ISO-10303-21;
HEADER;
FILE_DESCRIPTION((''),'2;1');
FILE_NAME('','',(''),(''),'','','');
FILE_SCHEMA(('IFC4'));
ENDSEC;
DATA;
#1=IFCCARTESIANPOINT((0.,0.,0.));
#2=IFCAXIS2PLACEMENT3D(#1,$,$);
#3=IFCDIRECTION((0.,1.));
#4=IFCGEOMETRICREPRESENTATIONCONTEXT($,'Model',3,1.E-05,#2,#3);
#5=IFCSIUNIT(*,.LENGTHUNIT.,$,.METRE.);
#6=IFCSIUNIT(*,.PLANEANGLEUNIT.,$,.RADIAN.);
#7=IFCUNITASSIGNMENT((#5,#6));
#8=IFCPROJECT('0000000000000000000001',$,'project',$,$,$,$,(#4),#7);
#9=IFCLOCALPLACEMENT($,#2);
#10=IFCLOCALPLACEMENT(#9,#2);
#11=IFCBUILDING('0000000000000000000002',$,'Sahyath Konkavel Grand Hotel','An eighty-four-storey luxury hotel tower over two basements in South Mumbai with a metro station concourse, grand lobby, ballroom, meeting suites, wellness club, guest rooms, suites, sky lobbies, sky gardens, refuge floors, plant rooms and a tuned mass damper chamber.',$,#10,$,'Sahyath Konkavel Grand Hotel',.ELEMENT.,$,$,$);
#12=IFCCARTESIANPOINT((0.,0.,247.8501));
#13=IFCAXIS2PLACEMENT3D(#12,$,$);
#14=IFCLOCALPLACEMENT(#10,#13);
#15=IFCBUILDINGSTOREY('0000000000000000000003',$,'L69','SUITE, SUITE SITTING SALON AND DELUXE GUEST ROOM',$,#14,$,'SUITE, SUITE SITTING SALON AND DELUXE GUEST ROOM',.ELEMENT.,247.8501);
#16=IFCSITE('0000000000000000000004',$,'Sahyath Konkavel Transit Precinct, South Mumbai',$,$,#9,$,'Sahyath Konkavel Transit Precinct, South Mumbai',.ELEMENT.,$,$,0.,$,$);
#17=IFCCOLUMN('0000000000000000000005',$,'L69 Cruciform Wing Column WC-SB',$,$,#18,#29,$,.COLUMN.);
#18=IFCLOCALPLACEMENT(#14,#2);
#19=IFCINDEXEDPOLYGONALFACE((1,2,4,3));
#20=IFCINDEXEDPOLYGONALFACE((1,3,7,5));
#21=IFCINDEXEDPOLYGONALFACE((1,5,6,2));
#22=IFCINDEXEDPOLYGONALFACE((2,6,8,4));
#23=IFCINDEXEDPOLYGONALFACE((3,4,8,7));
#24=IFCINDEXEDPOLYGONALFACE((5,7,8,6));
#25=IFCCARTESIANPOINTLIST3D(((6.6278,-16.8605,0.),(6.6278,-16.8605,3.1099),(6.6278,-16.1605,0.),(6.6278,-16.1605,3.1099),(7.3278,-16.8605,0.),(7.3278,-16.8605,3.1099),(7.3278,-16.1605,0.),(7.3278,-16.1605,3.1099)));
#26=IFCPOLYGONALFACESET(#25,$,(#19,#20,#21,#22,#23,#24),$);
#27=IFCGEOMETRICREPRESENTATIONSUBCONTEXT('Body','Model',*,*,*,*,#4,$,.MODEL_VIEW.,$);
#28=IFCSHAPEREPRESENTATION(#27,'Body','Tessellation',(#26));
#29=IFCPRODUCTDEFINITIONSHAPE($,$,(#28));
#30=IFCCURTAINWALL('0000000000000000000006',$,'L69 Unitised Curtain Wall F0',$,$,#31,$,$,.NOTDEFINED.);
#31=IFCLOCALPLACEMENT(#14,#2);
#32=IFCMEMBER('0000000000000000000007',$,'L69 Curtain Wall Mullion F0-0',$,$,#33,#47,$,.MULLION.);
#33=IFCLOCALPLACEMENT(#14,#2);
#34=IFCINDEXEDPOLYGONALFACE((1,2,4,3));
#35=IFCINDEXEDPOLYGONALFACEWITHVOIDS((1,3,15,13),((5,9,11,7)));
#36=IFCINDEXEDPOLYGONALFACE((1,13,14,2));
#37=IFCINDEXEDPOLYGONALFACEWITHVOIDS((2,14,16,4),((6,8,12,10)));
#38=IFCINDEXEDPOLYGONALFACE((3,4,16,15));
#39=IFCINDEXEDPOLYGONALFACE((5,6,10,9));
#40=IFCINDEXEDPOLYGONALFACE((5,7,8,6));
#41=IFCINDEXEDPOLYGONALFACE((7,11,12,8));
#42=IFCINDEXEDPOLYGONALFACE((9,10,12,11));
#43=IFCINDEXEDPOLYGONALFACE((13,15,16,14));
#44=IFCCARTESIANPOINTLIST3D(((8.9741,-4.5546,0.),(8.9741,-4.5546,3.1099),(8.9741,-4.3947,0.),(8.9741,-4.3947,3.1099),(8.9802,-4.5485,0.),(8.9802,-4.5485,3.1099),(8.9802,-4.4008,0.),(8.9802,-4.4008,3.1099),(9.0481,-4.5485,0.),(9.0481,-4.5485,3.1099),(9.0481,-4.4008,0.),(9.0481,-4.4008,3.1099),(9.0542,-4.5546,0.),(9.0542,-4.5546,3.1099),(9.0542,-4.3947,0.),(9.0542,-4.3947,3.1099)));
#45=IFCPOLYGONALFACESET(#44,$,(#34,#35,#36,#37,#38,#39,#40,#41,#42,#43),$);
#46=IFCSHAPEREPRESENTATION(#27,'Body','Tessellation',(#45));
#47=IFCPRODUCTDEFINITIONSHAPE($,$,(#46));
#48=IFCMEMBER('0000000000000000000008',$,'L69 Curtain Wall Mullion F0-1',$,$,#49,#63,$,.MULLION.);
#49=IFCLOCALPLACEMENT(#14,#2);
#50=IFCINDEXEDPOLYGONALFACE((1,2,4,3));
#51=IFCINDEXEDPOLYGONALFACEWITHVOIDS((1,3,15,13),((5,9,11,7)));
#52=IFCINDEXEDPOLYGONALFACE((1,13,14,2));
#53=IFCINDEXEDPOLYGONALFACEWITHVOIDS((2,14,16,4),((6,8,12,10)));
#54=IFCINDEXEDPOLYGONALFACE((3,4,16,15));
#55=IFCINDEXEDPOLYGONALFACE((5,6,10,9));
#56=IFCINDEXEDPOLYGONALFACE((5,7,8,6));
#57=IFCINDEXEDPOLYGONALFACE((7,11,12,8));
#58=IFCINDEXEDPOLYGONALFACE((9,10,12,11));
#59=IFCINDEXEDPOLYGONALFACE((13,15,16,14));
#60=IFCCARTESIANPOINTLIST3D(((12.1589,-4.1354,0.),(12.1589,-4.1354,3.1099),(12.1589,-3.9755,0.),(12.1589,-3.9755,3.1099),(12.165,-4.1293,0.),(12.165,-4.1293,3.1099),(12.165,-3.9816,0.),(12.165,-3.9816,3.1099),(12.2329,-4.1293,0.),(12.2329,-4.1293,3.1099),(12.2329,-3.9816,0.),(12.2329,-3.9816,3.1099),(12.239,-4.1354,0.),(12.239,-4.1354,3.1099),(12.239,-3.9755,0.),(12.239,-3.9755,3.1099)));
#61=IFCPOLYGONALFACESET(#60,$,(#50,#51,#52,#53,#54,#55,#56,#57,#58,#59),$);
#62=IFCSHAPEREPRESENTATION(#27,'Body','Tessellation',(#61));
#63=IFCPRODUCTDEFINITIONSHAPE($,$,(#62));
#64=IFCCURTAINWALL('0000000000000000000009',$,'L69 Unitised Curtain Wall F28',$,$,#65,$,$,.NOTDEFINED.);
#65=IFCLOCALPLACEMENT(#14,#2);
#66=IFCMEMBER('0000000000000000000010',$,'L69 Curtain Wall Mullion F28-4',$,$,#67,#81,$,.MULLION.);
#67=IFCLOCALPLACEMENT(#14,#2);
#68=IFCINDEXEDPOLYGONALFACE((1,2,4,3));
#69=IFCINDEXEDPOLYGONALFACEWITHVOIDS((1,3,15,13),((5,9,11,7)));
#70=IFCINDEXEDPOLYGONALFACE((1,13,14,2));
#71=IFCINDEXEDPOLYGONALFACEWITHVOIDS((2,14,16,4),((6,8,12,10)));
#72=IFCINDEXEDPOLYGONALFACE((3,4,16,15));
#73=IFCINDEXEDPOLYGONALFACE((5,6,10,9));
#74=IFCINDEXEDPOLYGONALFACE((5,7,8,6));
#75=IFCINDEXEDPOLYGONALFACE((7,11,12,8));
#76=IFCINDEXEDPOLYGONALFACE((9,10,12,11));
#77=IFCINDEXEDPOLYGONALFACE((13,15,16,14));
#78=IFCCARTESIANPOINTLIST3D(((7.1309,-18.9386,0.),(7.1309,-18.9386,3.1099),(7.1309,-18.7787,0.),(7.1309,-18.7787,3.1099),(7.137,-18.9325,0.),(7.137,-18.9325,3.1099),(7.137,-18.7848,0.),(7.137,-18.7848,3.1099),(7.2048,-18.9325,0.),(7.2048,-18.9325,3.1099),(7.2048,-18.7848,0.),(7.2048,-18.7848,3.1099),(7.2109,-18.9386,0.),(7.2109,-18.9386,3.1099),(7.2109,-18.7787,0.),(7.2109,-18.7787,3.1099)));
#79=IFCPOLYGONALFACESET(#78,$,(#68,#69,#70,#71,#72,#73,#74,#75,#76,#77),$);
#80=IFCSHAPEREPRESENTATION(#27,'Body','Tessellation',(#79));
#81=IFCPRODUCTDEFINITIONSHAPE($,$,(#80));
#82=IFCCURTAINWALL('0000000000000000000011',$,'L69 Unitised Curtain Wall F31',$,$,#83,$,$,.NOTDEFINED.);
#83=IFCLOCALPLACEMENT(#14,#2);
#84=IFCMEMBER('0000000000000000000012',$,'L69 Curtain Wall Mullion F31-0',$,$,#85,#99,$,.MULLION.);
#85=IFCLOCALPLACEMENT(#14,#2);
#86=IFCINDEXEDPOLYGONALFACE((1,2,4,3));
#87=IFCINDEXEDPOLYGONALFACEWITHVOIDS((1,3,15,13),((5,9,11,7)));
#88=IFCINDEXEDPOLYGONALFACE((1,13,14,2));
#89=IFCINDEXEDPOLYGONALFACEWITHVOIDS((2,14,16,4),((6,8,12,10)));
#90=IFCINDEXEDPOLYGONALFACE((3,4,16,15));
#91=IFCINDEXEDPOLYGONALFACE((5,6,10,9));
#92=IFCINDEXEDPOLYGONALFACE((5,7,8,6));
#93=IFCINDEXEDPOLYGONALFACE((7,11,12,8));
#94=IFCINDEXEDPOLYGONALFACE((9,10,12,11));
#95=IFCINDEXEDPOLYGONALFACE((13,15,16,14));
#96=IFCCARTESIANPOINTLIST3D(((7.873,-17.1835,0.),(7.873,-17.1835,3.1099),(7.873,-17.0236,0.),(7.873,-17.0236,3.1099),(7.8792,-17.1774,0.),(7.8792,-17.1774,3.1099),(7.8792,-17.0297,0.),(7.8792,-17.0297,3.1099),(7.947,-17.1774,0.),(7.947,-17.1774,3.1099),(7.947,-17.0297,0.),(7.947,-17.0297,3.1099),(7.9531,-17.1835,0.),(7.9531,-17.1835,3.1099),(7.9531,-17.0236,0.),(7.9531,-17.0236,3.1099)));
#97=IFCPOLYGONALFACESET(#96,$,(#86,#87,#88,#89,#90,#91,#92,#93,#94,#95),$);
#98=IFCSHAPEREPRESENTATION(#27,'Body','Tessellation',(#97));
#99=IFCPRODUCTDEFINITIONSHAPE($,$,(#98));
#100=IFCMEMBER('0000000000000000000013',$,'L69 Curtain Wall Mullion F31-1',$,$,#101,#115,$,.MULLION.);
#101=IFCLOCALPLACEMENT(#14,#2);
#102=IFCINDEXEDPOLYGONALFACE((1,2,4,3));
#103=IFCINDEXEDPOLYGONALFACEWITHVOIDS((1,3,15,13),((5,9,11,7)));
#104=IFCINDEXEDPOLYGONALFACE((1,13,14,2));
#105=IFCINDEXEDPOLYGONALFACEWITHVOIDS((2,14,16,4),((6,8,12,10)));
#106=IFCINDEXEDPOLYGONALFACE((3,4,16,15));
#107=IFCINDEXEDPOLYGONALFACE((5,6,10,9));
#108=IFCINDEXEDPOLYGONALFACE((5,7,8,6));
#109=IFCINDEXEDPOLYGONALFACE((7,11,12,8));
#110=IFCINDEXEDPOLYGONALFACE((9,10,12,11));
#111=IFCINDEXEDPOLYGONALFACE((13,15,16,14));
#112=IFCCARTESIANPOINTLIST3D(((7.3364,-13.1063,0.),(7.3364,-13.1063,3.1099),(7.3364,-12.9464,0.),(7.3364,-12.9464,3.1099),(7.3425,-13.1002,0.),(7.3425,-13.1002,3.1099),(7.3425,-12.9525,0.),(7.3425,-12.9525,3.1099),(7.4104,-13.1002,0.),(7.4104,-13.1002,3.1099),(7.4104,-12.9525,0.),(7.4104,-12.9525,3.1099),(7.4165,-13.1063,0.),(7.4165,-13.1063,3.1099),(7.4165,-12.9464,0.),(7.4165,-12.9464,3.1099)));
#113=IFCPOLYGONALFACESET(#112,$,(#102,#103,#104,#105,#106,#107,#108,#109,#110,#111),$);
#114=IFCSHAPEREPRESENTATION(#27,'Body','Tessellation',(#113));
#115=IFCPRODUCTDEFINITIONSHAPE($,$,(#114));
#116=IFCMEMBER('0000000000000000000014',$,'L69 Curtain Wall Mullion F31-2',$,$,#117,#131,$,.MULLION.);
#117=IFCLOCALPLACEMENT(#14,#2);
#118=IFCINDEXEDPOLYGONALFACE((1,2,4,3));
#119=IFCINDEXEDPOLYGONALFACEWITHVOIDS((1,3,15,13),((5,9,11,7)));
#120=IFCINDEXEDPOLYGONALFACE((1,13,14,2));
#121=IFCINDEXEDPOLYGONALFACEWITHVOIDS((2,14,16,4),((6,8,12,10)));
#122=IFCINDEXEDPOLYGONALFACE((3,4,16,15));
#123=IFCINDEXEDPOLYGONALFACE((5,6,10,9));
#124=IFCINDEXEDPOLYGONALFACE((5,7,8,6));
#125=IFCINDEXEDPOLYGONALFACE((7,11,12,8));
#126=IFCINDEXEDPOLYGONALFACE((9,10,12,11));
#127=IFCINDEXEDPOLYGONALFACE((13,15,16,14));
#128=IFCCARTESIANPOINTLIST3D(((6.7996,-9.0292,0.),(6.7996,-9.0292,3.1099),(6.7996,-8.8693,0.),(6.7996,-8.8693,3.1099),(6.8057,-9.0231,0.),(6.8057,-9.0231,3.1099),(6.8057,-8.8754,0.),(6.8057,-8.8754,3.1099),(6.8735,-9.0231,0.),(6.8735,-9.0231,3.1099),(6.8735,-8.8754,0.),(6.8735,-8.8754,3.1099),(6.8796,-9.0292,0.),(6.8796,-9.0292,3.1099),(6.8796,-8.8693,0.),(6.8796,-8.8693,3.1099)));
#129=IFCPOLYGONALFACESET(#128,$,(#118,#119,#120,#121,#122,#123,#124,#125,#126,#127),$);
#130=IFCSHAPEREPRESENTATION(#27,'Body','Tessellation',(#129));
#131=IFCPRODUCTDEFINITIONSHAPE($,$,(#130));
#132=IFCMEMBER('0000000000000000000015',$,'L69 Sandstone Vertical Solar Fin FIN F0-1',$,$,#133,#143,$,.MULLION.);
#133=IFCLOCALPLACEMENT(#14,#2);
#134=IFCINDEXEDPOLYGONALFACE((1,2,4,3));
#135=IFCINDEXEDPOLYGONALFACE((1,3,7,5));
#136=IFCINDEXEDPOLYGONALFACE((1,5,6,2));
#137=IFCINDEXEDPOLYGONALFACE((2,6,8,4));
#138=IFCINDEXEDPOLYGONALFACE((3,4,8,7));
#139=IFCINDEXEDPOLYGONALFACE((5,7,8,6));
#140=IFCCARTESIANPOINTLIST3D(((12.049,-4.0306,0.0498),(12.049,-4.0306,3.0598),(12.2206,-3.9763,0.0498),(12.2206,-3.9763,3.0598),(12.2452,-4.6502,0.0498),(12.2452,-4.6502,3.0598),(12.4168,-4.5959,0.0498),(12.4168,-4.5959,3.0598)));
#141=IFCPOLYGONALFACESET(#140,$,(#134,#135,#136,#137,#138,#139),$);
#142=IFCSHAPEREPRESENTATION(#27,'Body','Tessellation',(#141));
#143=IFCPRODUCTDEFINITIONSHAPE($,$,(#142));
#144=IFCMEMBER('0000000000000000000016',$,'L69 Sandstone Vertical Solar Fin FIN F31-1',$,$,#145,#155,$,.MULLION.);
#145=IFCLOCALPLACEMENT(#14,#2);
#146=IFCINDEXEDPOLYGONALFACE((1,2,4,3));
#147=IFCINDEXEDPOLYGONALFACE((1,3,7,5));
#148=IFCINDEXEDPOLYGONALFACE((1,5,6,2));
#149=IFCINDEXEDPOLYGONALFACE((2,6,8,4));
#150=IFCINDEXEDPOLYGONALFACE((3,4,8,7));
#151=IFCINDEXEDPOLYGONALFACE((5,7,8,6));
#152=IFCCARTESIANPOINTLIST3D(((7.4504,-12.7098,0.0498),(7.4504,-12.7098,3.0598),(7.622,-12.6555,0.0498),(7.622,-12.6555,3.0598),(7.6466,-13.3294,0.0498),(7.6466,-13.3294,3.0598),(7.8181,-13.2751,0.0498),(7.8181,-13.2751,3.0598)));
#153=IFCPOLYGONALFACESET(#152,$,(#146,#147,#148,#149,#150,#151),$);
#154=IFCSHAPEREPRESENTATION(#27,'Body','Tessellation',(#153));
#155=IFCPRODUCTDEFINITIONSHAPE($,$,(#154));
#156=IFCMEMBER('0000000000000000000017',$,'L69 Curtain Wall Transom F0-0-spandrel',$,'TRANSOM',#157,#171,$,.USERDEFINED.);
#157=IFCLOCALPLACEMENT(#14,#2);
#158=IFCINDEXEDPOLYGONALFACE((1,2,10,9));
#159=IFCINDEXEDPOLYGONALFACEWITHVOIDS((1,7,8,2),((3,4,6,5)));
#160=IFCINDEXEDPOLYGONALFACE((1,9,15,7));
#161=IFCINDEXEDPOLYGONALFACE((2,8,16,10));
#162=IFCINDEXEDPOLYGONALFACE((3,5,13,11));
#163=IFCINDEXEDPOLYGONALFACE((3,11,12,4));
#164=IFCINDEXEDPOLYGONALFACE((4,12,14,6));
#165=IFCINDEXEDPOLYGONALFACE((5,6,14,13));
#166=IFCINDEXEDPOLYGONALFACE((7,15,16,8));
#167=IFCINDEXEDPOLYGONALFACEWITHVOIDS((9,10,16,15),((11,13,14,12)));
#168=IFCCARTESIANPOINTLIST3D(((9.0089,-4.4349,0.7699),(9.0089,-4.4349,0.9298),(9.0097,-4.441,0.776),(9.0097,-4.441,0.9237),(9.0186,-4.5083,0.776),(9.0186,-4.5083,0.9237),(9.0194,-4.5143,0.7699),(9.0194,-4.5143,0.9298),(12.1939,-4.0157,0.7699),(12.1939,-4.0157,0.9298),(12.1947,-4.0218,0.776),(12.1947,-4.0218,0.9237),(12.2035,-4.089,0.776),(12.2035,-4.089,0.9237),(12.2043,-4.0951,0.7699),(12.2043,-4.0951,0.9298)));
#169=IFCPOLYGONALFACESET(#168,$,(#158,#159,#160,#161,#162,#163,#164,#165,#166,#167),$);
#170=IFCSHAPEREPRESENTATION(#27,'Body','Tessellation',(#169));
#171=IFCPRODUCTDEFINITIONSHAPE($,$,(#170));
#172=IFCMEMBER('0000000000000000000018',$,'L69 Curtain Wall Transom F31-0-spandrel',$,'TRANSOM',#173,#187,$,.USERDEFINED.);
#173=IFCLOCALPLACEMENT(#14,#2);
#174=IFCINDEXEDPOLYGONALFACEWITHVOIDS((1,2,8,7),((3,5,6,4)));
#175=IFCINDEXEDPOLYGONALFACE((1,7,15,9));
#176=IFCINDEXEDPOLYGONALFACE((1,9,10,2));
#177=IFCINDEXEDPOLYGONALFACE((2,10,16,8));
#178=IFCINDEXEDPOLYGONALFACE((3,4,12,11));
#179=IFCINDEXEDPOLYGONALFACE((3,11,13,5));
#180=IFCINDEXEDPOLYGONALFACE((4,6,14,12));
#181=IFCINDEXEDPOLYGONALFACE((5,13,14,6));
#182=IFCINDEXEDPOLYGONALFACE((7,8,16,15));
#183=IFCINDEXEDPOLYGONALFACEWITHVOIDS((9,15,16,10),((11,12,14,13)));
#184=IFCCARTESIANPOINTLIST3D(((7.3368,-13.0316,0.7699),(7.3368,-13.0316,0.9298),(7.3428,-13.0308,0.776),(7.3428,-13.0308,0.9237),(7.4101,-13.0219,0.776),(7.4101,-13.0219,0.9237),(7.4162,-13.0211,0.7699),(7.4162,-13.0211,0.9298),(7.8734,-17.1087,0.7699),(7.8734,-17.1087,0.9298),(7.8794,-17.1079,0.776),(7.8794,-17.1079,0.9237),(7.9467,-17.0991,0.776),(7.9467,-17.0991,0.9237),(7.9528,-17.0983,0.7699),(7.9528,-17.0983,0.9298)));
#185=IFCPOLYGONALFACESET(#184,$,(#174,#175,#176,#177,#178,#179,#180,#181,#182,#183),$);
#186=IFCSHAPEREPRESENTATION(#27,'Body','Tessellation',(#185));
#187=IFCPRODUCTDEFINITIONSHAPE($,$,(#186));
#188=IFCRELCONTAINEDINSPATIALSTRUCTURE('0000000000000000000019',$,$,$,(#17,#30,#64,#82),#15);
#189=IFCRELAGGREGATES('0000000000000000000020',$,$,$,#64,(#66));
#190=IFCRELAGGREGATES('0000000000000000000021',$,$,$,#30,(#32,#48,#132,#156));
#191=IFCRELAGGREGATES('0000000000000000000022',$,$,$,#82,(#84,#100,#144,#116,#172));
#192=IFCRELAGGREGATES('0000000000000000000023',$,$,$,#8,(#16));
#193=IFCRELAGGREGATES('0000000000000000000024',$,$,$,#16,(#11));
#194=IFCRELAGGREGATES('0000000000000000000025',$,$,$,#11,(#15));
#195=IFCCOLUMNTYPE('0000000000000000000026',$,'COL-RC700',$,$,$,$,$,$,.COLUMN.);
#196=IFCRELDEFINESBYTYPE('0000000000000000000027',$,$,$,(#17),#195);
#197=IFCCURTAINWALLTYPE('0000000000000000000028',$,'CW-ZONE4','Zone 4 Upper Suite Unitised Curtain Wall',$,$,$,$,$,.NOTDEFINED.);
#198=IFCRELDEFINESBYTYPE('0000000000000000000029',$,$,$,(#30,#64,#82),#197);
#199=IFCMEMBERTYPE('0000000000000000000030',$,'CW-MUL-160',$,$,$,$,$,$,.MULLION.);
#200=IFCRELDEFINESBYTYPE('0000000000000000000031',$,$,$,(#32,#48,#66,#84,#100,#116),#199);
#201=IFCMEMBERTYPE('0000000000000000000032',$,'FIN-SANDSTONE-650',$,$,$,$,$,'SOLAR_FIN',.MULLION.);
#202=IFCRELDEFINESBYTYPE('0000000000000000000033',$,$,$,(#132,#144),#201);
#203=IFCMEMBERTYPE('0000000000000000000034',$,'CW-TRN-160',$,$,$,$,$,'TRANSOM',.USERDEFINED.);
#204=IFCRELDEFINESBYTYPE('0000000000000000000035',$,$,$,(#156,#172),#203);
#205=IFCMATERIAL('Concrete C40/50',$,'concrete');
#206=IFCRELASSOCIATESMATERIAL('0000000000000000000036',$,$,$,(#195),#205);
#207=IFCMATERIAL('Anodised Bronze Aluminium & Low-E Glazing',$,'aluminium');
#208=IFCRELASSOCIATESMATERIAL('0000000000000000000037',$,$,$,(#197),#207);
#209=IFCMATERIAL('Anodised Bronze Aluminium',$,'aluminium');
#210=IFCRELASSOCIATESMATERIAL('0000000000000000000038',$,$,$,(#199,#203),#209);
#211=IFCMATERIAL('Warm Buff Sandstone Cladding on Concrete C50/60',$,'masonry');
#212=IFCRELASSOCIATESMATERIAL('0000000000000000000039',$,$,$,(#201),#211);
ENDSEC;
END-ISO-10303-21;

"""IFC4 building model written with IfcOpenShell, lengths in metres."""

from ifc_helpers import new_model, si_unit, direction, frame, origin, origin_2d, place, context, subcontext, project, spatial, rectangle, hollow_rectangle, extrude, source, transform, mapped, material, material_profile, profile_set, type_object, element, aggregate, save


model = new_model("IFC4")

# Units and contexts
model_context = context("Model", 3, precision=1e-05, world=origin(), true_north=direction((0.0, 1.0)))
body_context = subcontext(model_context, "Body", "Model", "MODEL_VIEW")
ifc_project = project(units=[si_unit("LENGTHUNIT", "METRE"), si_unit("PLANEANGLEUNIT", "RADIAN")], contexts=[model_context])

# Site, building, storey
site_placement = place(None, origin())
site = spatial("IfcSite", under=ifc_project, at=site_placement, Name="Sahyath Konkavel Transit Precinct, South Mumbai", LongName="Sahyath Konkavel Transit Precinct, South Mumbai", CompositionType="ELEMENT", RefElevation=0.0)
building_placement = place(site_placement, origin())
building = spatial("IfcBuilding", under=site, at=building_placement, Name="Sahyath Konkavel Grand Hotel", Description="An eighty-four-storey luxury hotel tower over two basements in South Mumbai with a metro station concourse, grand lobby, ballroom, meeting suites, wellness club, guest rooms, suites, sky lobbies, sky gardens, refuge floors, plant rooms and a tuned mass damper chamber.", LongName="Sahyath Konkavel Grand Hotel", CompositionType="ELEMENT")
storey_placement = place(building_placement, frame((0.0, 0.0, 247.8501)))
storey = spatial("IfcBuildingStorey", under=building, at=storey_placement, Name="L69", Description="SUITE, SUITE SITTING SALON AND DELUXE GUEST ROOM", LongName="SUITE, SUITE SITTING SALON AND DELUXE GUEST ROOM", CompositionType="ELEMENT", Elevation=247.8501)

# Column
ifc_material_1 = material(Name="Concrete C40/50", Category="concrete")
ifc_material_profile_1 = material_profile(ifc_material_1, rectangle(XDim=0.7, YDim=0.7, at=origin_2d()), Name="RC 700x700")
ifc_profile_set_1 = profile_set([ifc_material_profile_1], Name="Concrete C40/50")
column_type = type_object("IfcColumnType", Name="COL-RC700", PredefinedType="COLUMN", material=ifc_profile_set_1)
shared_shape_1 = source(origin(), body_context, "Body", "SweptSolid", [
    extrude(rectangle(XDim=0.7, YDim=0.7, at=origin_2d()), origin(), (0.0, 0.0, 1.0), 3.1099),
])
column_placement = place(storey_placement, frame((6.9778, -16.5105, 0.0), z_axis=(0.0, 0.0, 1.0), x_axis=(1.0, 0.0, 0.0)))
element("IfcColumn", 1, at=column_placement, inside=storey, type_object=column_type, Name="L69 Cruciform Wing Column WC-SB", PredefinedType="COLUMN", context=body_context, shape_type="MappedRepresentation", body=[
    mapped(shared_shape_1, transform((0.0, 0.0, 0.0), scale=1.0)),
])

# Curtain wall, members
ifc_material_2 = material(Name="Anodised Bronze Aluminium & Low-E Glazing", Category="aluminium")
curtain_wall_type = type_object("IfcCurtainWallType", Name="CW-ZONE4", Description="Zone 4 Upper Suite Unitised Curtain Wall", PredefinedType="NOTDEFINED", material=ifc_material_2)
curtain_wall_1_placement = place(storey_placement, origin())
curtain_wall_1 = element("IfcCurtainWall", 2, at=curtain_wall_1_placement, inside=storey, type_object=curtain_wall_type, Name="L69 Unitised Curtain Wall F0", PredefinedType="NOTDEFINED")
ifc_material_3 = material(Name="Anodised Bronze Aluminium", Category="aluminium")
ifc_material_profile_2 = material_profile(ifc_material_3, hollow_rectangle(XDim=0.0801, YDim=0.1599, WallThickness=0.0061, at=origin_2d()), Name="RHS 160x80x6")
ifc_profile_set_2 = profile_set([ifc_material_profile_2], Name="Anodised Bronze Aluminium")
member_type_1 = type_object("IfcMemberType", Name="CW-MUL-160", PredefinedType="MULLION", material=ifc_profile_set_2)
shared_shape_2 = source(origin(), body_context, "Body", "SweptSolid", [
    extrude(hollow_rectangle(XDim=0.0801, YDim=0.1599, WallThickness=0.0061, at=origin_2d()), origin(), (0.0, 0.0, 1.0), 3.1099),
])
member_1_placement = place(storey_placement, frame((9.0142, -4.4746, 0.0), z_axis=(0.0, 0.0, 1.0), x_axis=(1.0, 0.0, 0.0)))
member_1 = element("IfcMember", 3, at=member_1_placement, type_object=member_type_1, Name="L69 Curtain Wall Mullion F0-0", PredefinedType="MULLION", context=body_context, shape_type="MappedRepresentation", body=[
    mapped(shared_shape_2, transform((0.0, 0.0, 0.0), scale=1.0)),
])
member_2_placement = place(storey_placement, frame((12.199, -4.0554, 0.0), z_axis=(0.0, 0.0, 1.0), x_axis=(1.0, 0.0, 0.0)))
member_2 = element("IfcMember", 4, at=member_2_placement, type_object=member_type_1, Name="L69 Curtain Wall Mullion F0-1", PredefinedType="MULLION", context=body_context, shape_type="MappedRepresentation", body=[
    mapped(shared_shape_2, transform((0.0, 0.0, 0.0), scale=1.0)),
])

# Curtain wall, member
curtain_wall_2_placement = place(storey_placement, origin())
curtain_wall_2 = element("IfcCurtainWall", 5, at=curtain_wall_2_placement, inside=storey, type_object=curtain_wall_type, Name="L69 Unitised Curtain Wall F28", PredefinedType="NOTDEFINED")
member_3_placement = place(storey_placement, frame((7.1709, -18.8586, 0.0), z_axis=(0.0, 0.0, 1.0), x_axis=(1.0, 0.0, 0.0)))
member_3 = element("IfcMember", 6, at=member_3_placement, type_object=member_type_1, Name="L69 Curtain Wall Mullion F28-4", PredefinedType="MULLION", context=body_context, shape_type="MappedRepresentation", body=[
    mapped(shared_shape_2, transform((0.0, 0.0, 0.0), scale=1.0)),
])
aggregate(curtain_wall_2, [member_3])

# Curtain wall, members
curtain_wall_3_placement = place(storey_placement, origin())
curtain_wall_3 = element("IfcCurtainWall", 7, at=curtain_wall_3_placement, inside=storey, type_object=curtain_wall_type, Name="L69 Unitised Curtain Wall F31", PredefinedType="NOTDEFINED")
member_4_placement = place(storey_placement, frame((7.9131, -17.1035, 0.0), z_axis=(0.0, 0.0, 1.0), x_axis=(1.0, 0.0, 0.0)))
member_4 = element("IfcMember", 8, at=member_4_placement, type_object=member_type_1, Name="L69 Curtain Wall Mullion F31-0", PredefinedType="MULLION", context=body_context, shape_type="MappedRepresentation", body=[
    mapped(shared_shape_2, transform((0.0, 0.0, 0.0), scale=1.0)),
])
member_5_placement = place(storey_placement, frame((7.3765, -13.0264, 0.0), z_axis=(0.0, 0.0, 1.0), x_axis=(1.0, 0.0, 0.0)))
member_5 = element("IfcMember", 9, at=member_5_placement, type_object=member_type_1, Name="L69 Curtain Wall Mullion F31-1", PredefinedType="MULLION", context=body_context, shape_type="MappedRepresentation", body=[
    mapped(shared_shape_2, transform((0.0, 0.0, 0.0), scale=1.0)),
])
member_6_placement = place(storey_placement, frame((6.8396, -8.9492, 0.0), z_axis=(0.0, 0.0, 1.0), x_axis=(1.0, 0.0, 0.0)))
member_6 = element("IfcMember", 10, at=member_6_placement, type_object=member_type_1, Name="L69 Curtain Wall Mullion F31-2", PredefinedType="MULLION", context=body_context, shape_type="MappedRepresentation", body=[
    mapped(shared_shape_2, transform((0.0, 0.0, 0.0), scale=1.0)),
])

# Members
ifc_material_4 = material(Name="Warm Buff Sandstone Cladding on Concrete C50/60", Category="masonry")
ifc_material_profile_3 = material_profile(ifc_material_4, rectangle(XDim=0.1799, YDim=0.6499, at=origin_2d()), Name="FIN 180x650")
ifc_profile_set_3 = profile_set([ifc_material_profile_3], Name="Warm Buff Sandstone Cladding on Concrete C50/60")
member_type_2 = type_object("IfcMemberType", Name="FIN-SANDSTONE-650", ElementType="SOLAR_FIN", PredefinedType="MULLION", material=ifc_profile_set_3)
shared_shape_3 = source(origin(), body_context, "Body", "SweptSolid", [
    extrude(rectangle(XDim=0.1799, YDim=0.6499, at=origin_2d()), origin(), (0.0, 0.0, 1.0), 3.01),
])
member_7_placement = place(storey_placement, frame((12.2329, -4.3132, 0.0498), z_axis=(0.0, 0.0, 1.0), x_axis=(0.953349, 0.301871, 0.0)))
member_7 = element("IfcMember", 11, at=member_7_placement, type_object=member_type_2, Name="L69 Sandstone Vertical Solar Fin FIN F0-1", PredefinedType="MULLION", context=body_context, shape_type="MappedRepresentation", body=[
    mapped(shared_shape_3, transform((0.0, 0.0, 0.0), scale=1.0)),
])
member_8_placement = place(storey_placement, frame((7.6343, -12.9924, 0.0498), z_axis=(0.0, 0.0, 1.0), x_axis=(0.953349, 0.301871, 0.0)))
member_8 = element("IfcMember", 12, at=member_8_placement, type_object=member_type_2, Name="L69 Sandstone Vertical Solar Fin FIN F31-1", PredefinedType="MULLION", context=body_context, shape_type="MappedRepresentation", body=[
    mapped(shared_shape_3, transform((0.0, 0.0, 0.0), scale=1.0)),
])
ifc_material_profile_4 = material_profile(ifc_material_3, hollow_rectangle(XDim=0.0801, YDim=0.1599, WallThickness=0.0061, at=origin_2d()), Name="RHS 160x80x6")
ifc_profile_set_4 = profile_set([ifc_material_profile_4], Name="Anodised Bronze Aluminium")
member_type_3 = type_object("IfcMemberType", Name="CW-TRN-160", ElementType="TRANSOM", PredefinedType="USERDEFINED", material=ifc_profile_set_4)
shared_shape_4 = source(origin(), body_context, "Body", "SweptSolid", [
    extrude(hollow_rectangle(XDim=0.0801, YDim=0.1599, WallThickness=0.0061, at=origin_2d()), origin(), (0.0, 0.0, 1.0), 3.2124),
])
member_9_placement = place(storey_placement, frame((9.0142, -4.4746, 0.8499), z_axis=(0.991449, 0.130496, 0.0), x_axis=(-0.130496, 0.991449, 0.0)))
member_9 = element("IfcMember", 13, at=member_9_placement, type_object=member_type_3, Name="L69 Curtain Wall Transom F0-0-spandrel", ObjectType="TRANSOM", PredefinedType="USERDEFINED", context=body_context, shape_type="MappedRepresentation", body=[
    mapped(shared_shape_4, transform((0.0, 0.0, 0.0), scale=1.0)),
])
shared_shape_5 = source(origin(), body_context, "Body", "SweptSolid", [
    extrude(hollow_rectangle(XDim=0.0801, YDim=0.1599, WallThickness=0.0061, at=origin_2d()), origin(), (0.0, 0.0, 1.0), 4.1123),
])
member_10_placement = place(storey_placement, frame((7.9131, -17.1035, 0.8499), z_axis=(-0.130491, 0.991449, 0.0), x_axis=(-0.991449, -0.130491, 0.0)))
member_10 = element("IfcMember", 14, at=member_10_placement, type_object=member_type_3, Name="L69 Curtain Wall Transom F31-0-spandrel", ObjectType="TRANSOM", PredefinedType="USERDEFINED", context=body_context, shape_type="MappedRepresentation", body=[
    mapped(shared_shape_5, transform((0.0, 0.0, 0.0), scale=1.0)),
])

aggregate(curtain_wall_1, [member_1, member_2, member_7, member_9])
aggregate(curtain_wall_3, [member_4, member_5, member_8, member_6, member_10])

save(model, "model.ifc")
